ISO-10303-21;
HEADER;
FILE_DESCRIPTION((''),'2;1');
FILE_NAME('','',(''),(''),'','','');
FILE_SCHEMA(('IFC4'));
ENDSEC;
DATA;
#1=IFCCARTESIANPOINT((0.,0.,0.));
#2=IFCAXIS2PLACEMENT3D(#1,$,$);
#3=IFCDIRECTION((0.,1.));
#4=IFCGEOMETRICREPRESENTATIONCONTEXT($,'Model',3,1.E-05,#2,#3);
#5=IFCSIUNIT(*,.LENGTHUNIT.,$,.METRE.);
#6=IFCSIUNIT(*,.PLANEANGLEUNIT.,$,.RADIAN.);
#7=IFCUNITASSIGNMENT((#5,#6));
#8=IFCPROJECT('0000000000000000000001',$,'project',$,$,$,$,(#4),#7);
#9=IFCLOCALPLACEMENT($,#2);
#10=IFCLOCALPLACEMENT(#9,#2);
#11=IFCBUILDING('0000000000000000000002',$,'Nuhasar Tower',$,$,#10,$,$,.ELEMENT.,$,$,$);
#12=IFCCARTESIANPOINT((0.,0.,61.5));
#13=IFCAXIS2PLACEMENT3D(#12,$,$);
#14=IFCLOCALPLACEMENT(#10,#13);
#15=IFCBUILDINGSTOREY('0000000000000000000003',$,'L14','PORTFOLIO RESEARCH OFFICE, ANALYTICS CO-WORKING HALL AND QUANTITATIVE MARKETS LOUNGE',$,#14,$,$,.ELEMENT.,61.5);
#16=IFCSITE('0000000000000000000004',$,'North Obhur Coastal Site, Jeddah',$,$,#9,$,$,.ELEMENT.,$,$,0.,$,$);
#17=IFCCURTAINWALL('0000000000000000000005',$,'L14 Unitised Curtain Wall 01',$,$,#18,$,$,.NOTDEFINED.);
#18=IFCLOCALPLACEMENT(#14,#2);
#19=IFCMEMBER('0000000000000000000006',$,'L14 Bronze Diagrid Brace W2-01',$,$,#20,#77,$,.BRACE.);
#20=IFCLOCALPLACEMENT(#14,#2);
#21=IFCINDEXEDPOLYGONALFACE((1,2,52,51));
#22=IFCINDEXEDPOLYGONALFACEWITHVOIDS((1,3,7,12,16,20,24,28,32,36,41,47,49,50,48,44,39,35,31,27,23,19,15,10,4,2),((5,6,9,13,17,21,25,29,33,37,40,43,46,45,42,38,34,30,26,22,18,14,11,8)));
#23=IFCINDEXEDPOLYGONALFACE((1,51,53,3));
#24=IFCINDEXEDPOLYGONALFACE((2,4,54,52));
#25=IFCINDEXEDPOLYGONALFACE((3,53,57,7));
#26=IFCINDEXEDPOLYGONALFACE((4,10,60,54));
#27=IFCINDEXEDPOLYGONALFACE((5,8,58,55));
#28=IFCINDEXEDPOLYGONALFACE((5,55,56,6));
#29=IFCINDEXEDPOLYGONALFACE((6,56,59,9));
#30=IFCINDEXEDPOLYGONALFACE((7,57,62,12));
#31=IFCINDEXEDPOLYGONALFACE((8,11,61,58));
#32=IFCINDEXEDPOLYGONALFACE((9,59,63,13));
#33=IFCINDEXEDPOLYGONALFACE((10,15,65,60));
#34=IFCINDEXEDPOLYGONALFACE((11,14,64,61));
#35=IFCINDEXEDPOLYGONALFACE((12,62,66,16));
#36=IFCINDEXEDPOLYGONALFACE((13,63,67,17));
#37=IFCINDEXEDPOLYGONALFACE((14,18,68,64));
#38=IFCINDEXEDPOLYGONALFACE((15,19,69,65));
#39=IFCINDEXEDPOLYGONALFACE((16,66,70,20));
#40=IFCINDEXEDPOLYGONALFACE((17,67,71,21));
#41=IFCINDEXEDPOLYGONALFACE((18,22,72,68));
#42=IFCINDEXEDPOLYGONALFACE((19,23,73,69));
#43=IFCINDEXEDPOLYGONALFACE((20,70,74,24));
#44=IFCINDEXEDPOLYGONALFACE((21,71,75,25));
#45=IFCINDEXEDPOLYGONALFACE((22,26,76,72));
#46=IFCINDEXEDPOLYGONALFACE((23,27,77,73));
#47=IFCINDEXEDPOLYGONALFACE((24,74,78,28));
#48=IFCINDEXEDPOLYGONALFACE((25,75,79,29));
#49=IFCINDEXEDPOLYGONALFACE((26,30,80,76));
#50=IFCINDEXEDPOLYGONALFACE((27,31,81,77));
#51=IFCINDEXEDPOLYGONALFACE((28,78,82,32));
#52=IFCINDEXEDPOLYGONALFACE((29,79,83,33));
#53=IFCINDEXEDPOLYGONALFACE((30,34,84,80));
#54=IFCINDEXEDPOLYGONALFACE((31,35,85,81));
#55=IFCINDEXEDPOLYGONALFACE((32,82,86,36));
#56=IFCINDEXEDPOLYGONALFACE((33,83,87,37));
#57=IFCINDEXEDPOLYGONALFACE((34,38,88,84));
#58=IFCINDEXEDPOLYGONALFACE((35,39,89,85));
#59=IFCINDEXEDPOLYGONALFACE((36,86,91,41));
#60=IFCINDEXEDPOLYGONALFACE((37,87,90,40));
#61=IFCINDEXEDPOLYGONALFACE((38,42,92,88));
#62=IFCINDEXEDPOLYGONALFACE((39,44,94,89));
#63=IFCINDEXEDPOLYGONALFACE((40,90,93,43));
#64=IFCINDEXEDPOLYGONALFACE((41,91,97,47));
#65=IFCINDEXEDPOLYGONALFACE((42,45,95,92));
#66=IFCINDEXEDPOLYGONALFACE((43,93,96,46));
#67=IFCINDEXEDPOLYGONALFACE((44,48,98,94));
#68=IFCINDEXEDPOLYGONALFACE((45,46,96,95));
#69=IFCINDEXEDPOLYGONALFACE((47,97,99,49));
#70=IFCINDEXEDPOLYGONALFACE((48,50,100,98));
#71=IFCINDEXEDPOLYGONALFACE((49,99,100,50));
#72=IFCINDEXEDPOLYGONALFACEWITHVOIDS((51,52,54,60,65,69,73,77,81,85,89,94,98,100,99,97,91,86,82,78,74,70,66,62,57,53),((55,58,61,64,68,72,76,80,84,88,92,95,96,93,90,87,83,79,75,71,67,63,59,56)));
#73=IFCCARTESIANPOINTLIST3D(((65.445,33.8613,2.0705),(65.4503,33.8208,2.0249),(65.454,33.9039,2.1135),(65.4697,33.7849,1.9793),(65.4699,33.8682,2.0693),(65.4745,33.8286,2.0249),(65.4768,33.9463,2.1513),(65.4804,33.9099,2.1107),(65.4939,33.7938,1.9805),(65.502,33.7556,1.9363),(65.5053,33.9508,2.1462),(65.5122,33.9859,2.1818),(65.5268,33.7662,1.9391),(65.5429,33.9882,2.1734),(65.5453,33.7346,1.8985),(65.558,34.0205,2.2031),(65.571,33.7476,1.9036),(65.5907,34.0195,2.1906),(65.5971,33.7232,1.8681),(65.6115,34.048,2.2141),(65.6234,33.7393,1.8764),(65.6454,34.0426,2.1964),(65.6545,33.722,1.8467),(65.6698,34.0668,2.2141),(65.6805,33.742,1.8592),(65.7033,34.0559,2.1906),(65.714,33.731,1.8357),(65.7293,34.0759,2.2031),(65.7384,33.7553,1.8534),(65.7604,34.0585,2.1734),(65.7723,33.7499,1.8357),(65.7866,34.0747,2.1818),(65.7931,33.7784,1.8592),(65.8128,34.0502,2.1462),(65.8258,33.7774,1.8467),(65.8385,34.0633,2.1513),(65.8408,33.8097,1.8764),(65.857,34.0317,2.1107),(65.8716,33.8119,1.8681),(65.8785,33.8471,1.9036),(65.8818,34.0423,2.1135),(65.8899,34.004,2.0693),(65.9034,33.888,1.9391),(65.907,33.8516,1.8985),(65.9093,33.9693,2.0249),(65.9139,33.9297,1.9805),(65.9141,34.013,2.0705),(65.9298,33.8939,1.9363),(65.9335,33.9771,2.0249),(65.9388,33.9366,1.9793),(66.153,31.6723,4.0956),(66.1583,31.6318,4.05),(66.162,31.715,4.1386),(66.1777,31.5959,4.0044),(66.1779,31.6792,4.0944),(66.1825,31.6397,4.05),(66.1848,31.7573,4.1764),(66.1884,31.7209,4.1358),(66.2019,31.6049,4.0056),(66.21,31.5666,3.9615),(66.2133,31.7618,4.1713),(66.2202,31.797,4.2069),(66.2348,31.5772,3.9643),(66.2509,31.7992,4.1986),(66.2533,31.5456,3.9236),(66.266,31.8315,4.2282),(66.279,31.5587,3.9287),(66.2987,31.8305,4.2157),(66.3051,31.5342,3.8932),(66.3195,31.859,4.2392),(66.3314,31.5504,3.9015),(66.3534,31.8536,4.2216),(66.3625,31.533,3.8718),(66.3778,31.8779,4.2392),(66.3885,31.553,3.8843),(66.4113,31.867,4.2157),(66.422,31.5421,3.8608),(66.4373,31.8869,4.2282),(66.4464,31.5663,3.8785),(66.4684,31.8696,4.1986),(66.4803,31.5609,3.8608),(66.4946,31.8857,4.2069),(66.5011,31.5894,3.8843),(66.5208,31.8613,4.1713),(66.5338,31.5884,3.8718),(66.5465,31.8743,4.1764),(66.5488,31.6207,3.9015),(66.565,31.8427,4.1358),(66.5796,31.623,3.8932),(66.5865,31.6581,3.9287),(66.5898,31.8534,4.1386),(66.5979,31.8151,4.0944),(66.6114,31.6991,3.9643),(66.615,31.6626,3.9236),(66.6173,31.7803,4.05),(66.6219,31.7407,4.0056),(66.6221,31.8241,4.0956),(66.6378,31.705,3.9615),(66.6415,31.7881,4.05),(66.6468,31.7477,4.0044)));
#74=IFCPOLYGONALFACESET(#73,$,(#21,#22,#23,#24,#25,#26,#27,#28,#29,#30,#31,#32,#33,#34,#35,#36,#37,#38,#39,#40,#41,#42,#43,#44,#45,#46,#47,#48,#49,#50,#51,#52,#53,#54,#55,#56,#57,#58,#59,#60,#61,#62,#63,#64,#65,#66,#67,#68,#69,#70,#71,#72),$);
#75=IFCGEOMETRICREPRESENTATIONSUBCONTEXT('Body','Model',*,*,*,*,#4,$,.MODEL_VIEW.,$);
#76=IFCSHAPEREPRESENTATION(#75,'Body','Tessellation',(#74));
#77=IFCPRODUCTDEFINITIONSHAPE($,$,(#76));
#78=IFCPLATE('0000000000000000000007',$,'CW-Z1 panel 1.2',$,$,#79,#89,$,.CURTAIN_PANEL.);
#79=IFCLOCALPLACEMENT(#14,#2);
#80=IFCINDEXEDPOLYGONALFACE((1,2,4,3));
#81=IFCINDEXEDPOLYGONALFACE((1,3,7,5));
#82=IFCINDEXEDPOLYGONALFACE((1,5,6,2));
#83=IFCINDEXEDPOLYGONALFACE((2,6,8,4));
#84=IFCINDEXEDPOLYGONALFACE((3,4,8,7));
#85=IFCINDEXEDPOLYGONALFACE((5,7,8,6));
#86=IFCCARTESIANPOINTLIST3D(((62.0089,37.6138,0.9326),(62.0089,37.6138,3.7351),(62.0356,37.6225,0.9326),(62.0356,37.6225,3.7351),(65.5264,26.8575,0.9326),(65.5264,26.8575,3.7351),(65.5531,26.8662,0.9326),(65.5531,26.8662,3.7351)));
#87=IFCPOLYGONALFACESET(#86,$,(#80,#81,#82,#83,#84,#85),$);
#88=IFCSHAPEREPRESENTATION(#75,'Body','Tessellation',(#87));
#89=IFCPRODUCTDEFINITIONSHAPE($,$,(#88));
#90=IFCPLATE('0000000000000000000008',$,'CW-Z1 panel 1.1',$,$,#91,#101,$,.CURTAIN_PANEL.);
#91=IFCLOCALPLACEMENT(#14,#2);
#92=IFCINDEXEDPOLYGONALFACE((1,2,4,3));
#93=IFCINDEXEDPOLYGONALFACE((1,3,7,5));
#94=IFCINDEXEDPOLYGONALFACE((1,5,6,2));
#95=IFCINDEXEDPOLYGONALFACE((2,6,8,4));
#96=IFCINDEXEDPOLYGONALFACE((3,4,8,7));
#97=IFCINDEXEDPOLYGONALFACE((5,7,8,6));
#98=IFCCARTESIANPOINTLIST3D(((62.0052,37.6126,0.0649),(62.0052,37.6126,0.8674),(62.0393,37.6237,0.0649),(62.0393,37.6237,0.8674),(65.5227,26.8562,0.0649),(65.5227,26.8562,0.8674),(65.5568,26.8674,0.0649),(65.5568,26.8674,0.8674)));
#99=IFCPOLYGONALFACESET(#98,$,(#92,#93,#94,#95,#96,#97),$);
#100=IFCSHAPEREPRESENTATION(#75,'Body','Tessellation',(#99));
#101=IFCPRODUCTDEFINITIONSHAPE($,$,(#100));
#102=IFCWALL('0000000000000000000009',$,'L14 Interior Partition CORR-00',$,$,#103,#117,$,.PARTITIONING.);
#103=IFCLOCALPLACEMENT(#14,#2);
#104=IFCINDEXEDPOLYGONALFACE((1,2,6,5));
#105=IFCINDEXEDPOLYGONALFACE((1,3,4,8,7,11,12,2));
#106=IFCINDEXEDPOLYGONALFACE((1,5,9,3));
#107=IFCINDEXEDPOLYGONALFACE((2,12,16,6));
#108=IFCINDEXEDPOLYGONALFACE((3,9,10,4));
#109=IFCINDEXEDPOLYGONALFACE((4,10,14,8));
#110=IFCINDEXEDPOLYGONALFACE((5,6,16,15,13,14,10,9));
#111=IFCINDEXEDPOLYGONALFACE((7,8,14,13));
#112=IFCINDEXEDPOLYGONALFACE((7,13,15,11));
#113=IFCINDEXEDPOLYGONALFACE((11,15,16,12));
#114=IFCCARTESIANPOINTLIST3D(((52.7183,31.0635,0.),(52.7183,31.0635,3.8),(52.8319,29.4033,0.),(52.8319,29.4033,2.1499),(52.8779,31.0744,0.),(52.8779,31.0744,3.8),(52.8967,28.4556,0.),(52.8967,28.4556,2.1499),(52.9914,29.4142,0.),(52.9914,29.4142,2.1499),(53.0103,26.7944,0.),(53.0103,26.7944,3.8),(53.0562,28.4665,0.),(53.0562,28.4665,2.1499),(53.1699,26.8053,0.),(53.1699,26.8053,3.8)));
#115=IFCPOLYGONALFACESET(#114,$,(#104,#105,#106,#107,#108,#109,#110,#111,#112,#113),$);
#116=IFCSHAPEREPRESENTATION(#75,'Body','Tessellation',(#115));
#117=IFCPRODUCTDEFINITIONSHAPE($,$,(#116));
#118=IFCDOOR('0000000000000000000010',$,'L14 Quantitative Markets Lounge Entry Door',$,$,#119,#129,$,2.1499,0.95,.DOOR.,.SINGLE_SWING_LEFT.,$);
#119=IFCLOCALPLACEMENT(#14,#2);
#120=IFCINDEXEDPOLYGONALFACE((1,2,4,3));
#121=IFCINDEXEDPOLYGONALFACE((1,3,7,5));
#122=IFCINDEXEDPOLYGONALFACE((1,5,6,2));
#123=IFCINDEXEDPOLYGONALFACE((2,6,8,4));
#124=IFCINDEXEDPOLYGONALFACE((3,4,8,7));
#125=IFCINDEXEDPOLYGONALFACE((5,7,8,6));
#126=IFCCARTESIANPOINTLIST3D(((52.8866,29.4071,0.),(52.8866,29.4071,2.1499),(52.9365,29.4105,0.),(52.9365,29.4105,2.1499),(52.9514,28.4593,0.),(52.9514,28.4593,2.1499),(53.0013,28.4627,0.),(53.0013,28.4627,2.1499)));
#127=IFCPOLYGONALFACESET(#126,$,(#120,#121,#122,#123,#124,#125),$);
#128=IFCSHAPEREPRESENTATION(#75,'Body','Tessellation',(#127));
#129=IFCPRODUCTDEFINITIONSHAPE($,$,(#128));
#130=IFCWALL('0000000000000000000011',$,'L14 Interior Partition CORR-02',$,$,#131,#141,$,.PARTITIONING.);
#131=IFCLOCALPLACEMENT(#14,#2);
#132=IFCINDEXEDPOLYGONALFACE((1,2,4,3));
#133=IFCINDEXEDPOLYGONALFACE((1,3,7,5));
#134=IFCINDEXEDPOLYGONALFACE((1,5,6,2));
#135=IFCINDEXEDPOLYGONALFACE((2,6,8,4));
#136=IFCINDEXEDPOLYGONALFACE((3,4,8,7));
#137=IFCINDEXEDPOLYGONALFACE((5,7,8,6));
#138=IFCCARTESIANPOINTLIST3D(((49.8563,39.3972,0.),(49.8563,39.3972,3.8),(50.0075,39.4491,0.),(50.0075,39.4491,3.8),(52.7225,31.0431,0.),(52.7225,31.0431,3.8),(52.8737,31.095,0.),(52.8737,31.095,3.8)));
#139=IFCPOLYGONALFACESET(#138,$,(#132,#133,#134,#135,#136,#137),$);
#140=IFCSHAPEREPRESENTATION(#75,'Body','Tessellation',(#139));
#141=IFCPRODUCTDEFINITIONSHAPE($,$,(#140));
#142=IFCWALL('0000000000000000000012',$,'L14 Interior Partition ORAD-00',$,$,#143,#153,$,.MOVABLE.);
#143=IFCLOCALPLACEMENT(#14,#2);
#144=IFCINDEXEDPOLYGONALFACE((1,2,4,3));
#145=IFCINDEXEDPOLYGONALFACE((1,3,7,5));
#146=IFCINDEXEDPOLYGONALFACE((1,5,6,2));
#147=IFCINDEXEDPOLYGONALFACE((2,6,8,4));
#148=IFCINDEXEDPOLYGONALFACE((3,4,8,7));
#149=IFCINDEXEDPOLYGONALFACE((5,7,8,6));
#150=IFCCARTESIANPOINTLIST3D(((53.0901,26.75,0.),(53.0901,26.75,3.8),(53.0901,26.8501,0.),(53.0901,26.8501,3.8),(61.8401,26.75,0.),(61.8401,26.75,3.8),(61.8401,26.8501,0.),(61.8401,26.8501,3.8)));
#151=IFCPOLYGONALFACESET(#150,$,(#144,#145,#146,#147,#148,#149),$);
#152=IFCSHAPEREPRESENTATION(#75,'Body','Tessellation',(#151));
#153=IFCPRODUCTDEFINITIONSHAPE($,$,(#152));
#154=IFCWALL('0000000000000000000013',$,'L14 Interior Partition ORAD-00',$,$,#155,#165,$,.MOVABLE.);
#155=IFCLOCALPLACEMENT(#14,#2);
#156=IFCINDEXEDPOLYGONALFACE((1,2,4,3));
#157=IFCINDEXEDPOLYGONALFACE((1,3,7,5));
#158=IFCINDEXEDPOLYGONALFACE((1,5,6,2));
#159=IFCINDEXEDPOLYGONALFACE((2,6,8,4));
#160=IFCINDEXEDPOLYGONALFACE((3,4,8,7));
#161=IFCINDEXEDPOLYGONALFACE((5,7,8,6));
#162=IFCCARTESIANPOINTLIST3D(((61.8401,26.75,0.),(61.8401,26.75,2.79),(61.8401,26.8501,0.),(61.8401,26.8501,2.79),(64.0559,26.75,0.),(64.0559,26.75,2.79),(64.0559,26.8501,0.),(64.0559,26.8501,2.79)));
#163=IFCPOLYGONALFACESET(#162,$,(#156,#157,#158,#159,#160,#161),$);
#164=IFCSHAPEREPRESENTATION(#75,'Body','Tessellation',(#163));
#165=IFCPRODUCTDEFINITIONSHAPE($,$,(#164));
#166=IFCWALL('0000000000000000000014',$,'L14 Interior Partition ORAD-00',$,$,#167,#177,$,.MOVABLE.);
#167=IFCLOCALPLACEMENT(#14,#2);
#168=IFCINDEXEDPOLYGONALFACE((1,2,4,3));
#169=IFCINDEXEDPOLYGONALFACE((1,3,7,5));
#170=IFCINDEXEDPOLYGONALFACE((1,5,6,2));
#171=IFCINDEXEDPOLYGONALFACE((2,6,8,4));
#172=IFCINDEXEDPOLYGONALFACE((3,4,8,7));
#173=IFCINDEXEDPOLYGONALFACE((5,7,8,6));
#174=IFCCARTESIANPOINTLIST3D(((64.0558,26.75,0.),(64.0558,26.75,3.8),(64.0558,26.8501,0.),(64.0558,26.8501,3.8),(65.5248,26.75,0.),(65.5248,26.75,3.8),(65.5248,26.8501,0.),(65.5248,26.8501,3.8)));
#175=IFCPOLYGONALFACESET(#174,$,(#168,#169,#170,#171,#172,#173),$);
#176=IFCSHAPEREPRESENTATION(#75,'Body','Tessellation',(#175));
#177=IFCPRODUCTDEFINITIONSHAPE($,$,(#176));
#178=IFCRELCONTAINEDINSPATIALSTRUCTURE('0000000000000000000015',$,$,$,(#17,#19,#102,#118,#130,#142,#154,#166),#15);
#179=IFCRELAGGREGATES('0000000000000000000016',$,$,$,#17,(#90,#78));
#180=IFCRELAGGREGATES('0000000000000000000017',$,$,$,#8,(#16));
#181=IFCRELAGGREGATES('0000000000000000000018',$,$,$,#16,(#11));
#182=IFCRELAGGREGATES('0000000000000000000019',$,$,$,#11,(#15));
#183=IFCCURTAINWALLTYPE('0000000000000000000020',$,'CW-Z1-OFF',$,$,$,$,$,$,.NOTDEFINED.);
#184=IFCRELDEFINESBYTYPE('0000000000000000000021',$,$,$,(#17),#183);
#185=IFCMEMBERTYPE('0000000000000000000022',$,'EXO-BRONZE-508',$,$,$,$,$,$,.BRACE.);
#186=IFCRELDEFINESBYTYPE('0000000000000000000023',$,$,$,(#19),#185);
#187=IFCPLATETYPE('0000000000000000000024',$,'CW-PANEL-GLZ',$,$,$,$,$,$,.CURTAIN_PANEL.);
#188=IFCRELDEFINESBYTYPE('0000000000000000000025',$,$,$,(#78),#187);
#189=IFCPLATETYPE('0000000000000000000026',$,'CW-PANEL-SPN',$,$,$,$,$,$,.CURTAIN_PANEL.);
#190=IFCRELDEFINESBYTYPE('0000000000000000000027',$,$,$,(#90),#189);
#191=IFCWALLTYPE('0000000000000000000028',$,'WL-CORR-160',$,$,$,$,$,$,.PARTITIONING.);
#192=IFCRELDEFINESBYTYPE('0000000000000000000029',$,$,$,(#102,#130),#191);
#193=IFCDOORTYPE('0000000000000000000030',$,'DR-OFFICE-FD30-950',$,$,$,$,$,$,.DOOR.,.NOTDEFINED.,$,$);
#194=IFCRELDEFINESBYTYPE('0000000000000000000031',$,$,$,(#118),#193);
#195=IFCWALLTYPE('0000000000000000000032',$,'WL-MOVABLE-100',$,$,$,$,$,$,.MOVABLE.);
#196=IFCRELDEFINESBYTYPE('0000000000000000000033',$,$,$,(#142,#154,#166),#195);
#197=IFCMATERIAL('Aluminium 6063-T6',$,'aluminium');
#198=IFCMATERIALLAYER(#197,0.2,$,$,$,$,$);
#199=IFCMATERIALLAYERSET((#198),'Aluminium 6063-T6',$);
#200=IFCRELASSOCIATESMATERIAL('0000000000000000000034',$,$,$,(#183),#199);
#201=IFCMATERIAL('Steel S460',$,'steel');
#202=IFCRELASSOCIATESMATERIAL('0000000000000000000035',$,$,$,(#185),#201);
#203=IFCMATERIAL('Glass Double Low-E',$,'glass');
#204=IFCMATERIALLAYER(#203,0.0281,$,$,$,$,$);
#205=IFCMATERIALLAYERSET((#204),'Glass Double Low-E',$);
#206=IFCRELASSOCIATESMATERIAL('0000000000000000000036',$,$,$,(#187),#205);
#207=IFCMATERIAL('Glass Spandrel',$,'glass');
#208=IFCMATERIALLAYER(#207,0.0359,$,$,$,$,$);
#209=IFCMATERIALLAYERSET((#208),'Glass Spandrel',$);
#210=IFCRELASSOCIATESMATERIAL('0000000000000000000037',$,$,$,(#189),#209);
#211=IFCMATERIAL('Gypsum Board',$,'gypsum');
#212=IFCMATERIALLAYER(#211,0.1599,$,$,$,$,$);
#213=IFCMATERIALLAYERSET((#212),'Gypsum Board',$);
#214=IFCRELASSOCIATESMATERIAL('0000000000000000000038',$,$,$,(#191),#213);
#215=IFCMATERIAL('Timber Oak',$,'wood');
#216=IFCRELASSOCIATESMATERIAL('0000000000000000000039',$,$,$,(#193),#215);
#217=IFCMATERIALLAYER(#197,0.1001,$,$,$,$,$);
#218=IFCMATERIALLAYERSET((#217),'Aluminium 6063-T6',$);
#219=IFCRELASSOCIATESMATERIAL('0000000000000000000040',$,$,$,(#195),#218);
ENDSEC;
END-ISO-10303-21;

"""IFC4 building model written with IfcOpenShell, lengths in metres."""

from ifc_helpers import new_model, si_unit, direction, frame, frame_2d, origin, origin_2d, place, context, subcontext, project, spatial, rectangle, hollow_circle, extrude, material, layer, layer_set, material_profile, profile_set, type_object, element, fill, aggregate, save


model = new_model("IFC4")

# Units and contexts
model_context = context("Model", 3, precision=1e-05, world=origin(), true_north=direction((0.0, 1.0)))
body_context = subcontext(model_context, "Body", "Model", "MODEL_VIEW")
ifc_project = project(units=[si_unit("LENGTHUNIT", "METRE"), si_unit("PLANEANGLEUNIT", "RADIAN")], contexts=[model_context])

# Site, building, storey
site_placement = place(None, origin())
site = spatial("IfcSite", under=ifc_project, at=site_placement, Name="North Obhur Coastal Site, Jeddah", CompositionType="ELEMENT", RefElevation=0.0)
building_placement = place(site_placement, origin())
building = spatial("IfcBuilding", under=site, at=building_placement, Name="Nuhasar Tower", CompositionType="ELEMENT")
storey_placement = place(building_placement, frame((0.0, 0.0, 61.5)))
storey = spatial("IfcBuildingStorey", under=building, at=storey_placement, Name="L14", Description="PORTFOLIO RESEARCH OFFICE, ANALYTICS CO-WORKING HALL AND QUANTITATIVE MARKETS LOUNGE", CompositionType="ELEMENT", Elevation=61.5)

# Curtain wall
ifc_material_1 = material(Name="Aluminium 6063-T6", Category="aluminium")
ifc_layer_1 = layer(ifc_material_1, 0.2)
ifc_layer_set_1 = layer_set([ifc_layer_1], Name="Aluminium 6063-T6")
curtain_wall_type = type_object("IfcCurtainWallType", Name="CW-Z1-OFF", PredefinedType="NOTDEFINED", material=ifc_layer_set_1)
curtain_wall_placement = place(storey_placement, origin())
curtain_wall = element("IfcCurtainWall", 1, at=curtain_wall_placement, inside=storey, type_object=curtain_wall_type, Name="L14 Unitised Curtain Wall 01", PredefinedType="NOTDEFINED")

# Member
ifc_material_2 = material(Name="Steel S460", Category="steel")
ifc_material_profile_1 = material_profile(ifc_material_2, hollow_circle(Radius=0.2539, WallThickness=0.0254, at=origin_2d()), Name="HSS508X25.4")
ifc_profile_set_1 = profile_set([ifc_material_profile_1], Name="Steel S460")
member_type_1 = type_object("IfcMemberType", Name="EXO-BRONZE-508", PredefinedType="BRACE", material=ifc_profile_set_1)
member_1_placement = place(storey_placement, frame((65.6919, 33.8989, 2.0249), z_axis=(0.231, -0.714187, 0.660739), x_axis=(0.951468, 0.307747, 0.0)))
element("IfcMember", 2, at=member_1_placement, inside=storey, type_object=member_type_1, Name="L14 Bronze Diagrid Brace W2-01", PredefinedType="BRACE", context=body_context, shape_type="SweptSolid", body=[
    extrude(hollow_circle(Radius=0.2539, WallThickness=0.0254, at=origin_2d()), origin(), (0.0, 0.0, 1.0), 3.0649),
])

# Plates
ifc_material_3 = material(Name="Glass Double Low-E", Category="glass")
ifc_layer_2 = layer(ifc_material_3, 0.0281)
ifc_layer_set_2 = layer_set([ifc_layer_2], Name="Glass Double Low-E")
plate_type_1 = type_object("IfcPlateType", Name="CW-PANEL-GLZ", PredefinedType="CURTAIN_PANEL", material=ifc_layer_set_2)
plate_1_placement = place(storey_placement, frame((63.781, 32.24, 0.9326), z_axis=(0.0, 0.0, 1.0), x_axis=(-0.310824, 0.950468, 0.0)))
plate_1 = element("IfcPlate", 3, at=plate_1_placement, type_object=plate_type_1, Name="CW-Z1 panel 1.2", PredefinedType="CURTAIN_PANEL", context=body_context, shape_type="SweptSolid", body=[
    extrude(rectangle(XDim=11.3169, YDim=0.0281, at=origin_2d()), origin(), (0.0, 0.0, 1.0), 2.8025),
])
ifc_material_4 = material(Name="Glass Spandrel", Category="glass")
ifc_layer_3 = layer(ifc_material_4, 0.0359)
ifc_layer_set_3 = layer_set([ifc_layer_3], Name="Glass Spandrel")
plate_type_2 = type_object("IfcPlateType", Name="CW-PANEL-SPN", PredefinedType="CURTAIN_PANEL", material=ifc_layer_set_3)
plate_2_placement = place(storey_placement, frame((63.781, 32.24, 0.0649), z_axis=(0.0, 0.0, 1.0), x_axis=(-0.310824, 0.950468, 0.0)))
plate_2 = element("IfcPlate", 4, at=plate_2_placement, type_object=plate_type_2, Name="CW-Z1 panel 1.1", PredefinedType="CURTAIN_PANEL", context=body_context, shape_type="SweptSolid", body=[
    extrude(rectangle(XDim=11.3169, YDim=0.0359, at=origin_2d()), origin(), (0.0, 0.0, 1.0), 0.8025),
])
aggregate(curtain_wall, [plate_2, plate_1])

# Wall, opening, door
ifc_material_5 = material(Name="Gypsum Board", Category="gypsum")
ifc_layer_4 = layer(ifc_material_5, 0.1599)
ifc_layer_set_4 = layer_set([ifc_layer_4], Name="Gypsum Board")
wall_type_1 = type_object("IfcWallType", Name="WL-CORR-160", PredefinedType="PARTITIONING", material=ifc_layer_set_4)
wall_1_placement = place(storey_placement, frame((52.7981, 31.0691, 0.0), z_axis=(0.0, 0.0, 1.0), x_axis=(0.068238, -0.997669, 0.0)))
wall_1 = element("IfcWall", 5, at=wall_1_placement, inside=storey, type_object=wall_type_1, Name="L14 Interior Partition CORR-00", PredefinedType="PARTITIONING", context=body_context, shape_type="SweptSolid", body=[
    extrude(rectangle(XDim=4.2791, YDim=0.1599, at=frame_2d((2.1396, 0.0))), origin(), (0.0, 0.0, 1.0), 3.8),
])
opening_placement = place(wall_1_placement, frame((1.6641, 0.0, 0.0)))
opening = element("IfcOpeningElement", 6, at=opening_placement, cuts=wall_1, PredefinedType="OPENING", context=body_context, shape_type="SweptSolid", body=[
    extrude(rectangle(XDim=0.95, YDim=2.1499, at=frame_2d((0.4751, 1.075))), frame((0.0, 0.0898, 0.0), z_axis=(0.0, -1.0, 0.0), x_axis=(1.0, 0.0, 0.0)), (0.0, 0.0, 1.0), 0.1799),
])
ifc_material_6 = material(Name="Timber Oak", Category="wood")
door_type = type_object("IfcDoorType", Name="DR-OFFICE-FD30-950", OperationType="NOTDEFINED", PredefinedType="DOOR", material=ifc_material_6)
door_placement = place(opening_placement, origin())
door = element("IfcDoor", 7, at=door_placement, inside=storey, type_object=door_type, Name="L14 Quantitative Markets Lounge Entry Door", OperationType="SINGLE_SWING_LEFT", OverallHeight=2.1499, OverallWidth=0.95, PredefinedType="DOOR", context=body_context, shape_type="SweptSolid", body=[
    extrude(rectangle(XDim=0.95, YDim=2.1499, at=frame_2d((0.4751, 1.075))), frame((0.0, 0.0249, 0.0), z_axis=(0.0, -1.0, 0.0), x_axis=(1.0, 0.0, 0.0)), (0.0, 0.0, 1.0), 0.05),
])
fill(opening, door)

# Walls
wall_2_placement = place(storey_placement, frame((52.7981, 31.0691, 0.0), z_axis=(0.0, 0.0, 1.0), x_axis=(-0.324525, 0.945877, 0.0)))
element("IfcWall", 8, at=wall_2_placement, inside=storey, type_object=wall_type_1, Name="L14 Interior Partition CORR-02", PredefinedType="PARTITIONING", context=body_context, shape_type="SweptSolid", body=[
    extrude(rectangle(XDim=8.832, YDim=0.1599, at=frame_2d((4.416, 0.0))), origin(), (0.0, 0.0, 1.0), 3.8),
])
ifc_layer_5 = layer(ifc_material_1, 0.1001)
ifc_layer_set_5 = layer_set([ifc_layer_5], Name="Aluminium 6063-T6")
wall_type_2 = type_object("IfcWallType", Name="WL-MOVABLE-100", PredefinedType="MOVABLE", material=ifc_layer_set_5)
wall_3_placement = place(storey_placement, frame((53.0901, 26.8, 0.0), z_axis=(0.0, 0.0, 1.0), x_axis=(1.0, 0.0, 0.0)))
element("IfcWall", 9, at=wall_3_placement, inside=storey, type_object=wall_type_2, Name="L14 Interior Partition ORAD-00", PredefinedType="MOVABLE", context=body_context, shape_type="SweptSolid", body=[
    extrude(rectangle(XDim=8.75, YDim=0.1001, at=frame_2d((4.375, 0.0))), origin(), (0.0, 0.0, 1.0), 3.8),
])
wall_4_placement = place(storey_placement, frame((61.8401, 26.8, 0.0), z_axis=(0.0, 0.0, 1.0), x_axis=(1.0, 0.0, 0.0)))
element("IfcWall", 10, at=wall_4_placement, inside=storey, type_object=wall_type_2, Name="L14 Interior Partition ORAD-00", PredefinedType="MOVABLE", context=body_context, shape_type="SweptSolid", body=[
    extrude(rectangle(XDim=2.2158, YDim=0.1001, at=frame_2d((1.1079, 0.0))), origin(), (0.0, 0.0, 1.0), 2.79),
])
wall_5_placement = place(storey_placement, frame((64.0559, 26.8, 0.0), z_axis=(0.0, 0.0, 1.0), x_axis=(1.0, 0.0, 0.0)))
element("IfcWall", 11, at=wall_5_placement, inside=storey, type_object=wall_type_2, Name="L14 Interior Partition ORAD-00", PredefinedType="MOVABLE", context=body_context, shape_type="SweptSolid", body=[
    extrude(rectangle(XDim=1.469, YDim=0.1001, at=frame_2d((0.7344, 0.0))), origin(), (0.0, 0.0, 1.0), 3.8),
])

save(model, "model.ifc")
